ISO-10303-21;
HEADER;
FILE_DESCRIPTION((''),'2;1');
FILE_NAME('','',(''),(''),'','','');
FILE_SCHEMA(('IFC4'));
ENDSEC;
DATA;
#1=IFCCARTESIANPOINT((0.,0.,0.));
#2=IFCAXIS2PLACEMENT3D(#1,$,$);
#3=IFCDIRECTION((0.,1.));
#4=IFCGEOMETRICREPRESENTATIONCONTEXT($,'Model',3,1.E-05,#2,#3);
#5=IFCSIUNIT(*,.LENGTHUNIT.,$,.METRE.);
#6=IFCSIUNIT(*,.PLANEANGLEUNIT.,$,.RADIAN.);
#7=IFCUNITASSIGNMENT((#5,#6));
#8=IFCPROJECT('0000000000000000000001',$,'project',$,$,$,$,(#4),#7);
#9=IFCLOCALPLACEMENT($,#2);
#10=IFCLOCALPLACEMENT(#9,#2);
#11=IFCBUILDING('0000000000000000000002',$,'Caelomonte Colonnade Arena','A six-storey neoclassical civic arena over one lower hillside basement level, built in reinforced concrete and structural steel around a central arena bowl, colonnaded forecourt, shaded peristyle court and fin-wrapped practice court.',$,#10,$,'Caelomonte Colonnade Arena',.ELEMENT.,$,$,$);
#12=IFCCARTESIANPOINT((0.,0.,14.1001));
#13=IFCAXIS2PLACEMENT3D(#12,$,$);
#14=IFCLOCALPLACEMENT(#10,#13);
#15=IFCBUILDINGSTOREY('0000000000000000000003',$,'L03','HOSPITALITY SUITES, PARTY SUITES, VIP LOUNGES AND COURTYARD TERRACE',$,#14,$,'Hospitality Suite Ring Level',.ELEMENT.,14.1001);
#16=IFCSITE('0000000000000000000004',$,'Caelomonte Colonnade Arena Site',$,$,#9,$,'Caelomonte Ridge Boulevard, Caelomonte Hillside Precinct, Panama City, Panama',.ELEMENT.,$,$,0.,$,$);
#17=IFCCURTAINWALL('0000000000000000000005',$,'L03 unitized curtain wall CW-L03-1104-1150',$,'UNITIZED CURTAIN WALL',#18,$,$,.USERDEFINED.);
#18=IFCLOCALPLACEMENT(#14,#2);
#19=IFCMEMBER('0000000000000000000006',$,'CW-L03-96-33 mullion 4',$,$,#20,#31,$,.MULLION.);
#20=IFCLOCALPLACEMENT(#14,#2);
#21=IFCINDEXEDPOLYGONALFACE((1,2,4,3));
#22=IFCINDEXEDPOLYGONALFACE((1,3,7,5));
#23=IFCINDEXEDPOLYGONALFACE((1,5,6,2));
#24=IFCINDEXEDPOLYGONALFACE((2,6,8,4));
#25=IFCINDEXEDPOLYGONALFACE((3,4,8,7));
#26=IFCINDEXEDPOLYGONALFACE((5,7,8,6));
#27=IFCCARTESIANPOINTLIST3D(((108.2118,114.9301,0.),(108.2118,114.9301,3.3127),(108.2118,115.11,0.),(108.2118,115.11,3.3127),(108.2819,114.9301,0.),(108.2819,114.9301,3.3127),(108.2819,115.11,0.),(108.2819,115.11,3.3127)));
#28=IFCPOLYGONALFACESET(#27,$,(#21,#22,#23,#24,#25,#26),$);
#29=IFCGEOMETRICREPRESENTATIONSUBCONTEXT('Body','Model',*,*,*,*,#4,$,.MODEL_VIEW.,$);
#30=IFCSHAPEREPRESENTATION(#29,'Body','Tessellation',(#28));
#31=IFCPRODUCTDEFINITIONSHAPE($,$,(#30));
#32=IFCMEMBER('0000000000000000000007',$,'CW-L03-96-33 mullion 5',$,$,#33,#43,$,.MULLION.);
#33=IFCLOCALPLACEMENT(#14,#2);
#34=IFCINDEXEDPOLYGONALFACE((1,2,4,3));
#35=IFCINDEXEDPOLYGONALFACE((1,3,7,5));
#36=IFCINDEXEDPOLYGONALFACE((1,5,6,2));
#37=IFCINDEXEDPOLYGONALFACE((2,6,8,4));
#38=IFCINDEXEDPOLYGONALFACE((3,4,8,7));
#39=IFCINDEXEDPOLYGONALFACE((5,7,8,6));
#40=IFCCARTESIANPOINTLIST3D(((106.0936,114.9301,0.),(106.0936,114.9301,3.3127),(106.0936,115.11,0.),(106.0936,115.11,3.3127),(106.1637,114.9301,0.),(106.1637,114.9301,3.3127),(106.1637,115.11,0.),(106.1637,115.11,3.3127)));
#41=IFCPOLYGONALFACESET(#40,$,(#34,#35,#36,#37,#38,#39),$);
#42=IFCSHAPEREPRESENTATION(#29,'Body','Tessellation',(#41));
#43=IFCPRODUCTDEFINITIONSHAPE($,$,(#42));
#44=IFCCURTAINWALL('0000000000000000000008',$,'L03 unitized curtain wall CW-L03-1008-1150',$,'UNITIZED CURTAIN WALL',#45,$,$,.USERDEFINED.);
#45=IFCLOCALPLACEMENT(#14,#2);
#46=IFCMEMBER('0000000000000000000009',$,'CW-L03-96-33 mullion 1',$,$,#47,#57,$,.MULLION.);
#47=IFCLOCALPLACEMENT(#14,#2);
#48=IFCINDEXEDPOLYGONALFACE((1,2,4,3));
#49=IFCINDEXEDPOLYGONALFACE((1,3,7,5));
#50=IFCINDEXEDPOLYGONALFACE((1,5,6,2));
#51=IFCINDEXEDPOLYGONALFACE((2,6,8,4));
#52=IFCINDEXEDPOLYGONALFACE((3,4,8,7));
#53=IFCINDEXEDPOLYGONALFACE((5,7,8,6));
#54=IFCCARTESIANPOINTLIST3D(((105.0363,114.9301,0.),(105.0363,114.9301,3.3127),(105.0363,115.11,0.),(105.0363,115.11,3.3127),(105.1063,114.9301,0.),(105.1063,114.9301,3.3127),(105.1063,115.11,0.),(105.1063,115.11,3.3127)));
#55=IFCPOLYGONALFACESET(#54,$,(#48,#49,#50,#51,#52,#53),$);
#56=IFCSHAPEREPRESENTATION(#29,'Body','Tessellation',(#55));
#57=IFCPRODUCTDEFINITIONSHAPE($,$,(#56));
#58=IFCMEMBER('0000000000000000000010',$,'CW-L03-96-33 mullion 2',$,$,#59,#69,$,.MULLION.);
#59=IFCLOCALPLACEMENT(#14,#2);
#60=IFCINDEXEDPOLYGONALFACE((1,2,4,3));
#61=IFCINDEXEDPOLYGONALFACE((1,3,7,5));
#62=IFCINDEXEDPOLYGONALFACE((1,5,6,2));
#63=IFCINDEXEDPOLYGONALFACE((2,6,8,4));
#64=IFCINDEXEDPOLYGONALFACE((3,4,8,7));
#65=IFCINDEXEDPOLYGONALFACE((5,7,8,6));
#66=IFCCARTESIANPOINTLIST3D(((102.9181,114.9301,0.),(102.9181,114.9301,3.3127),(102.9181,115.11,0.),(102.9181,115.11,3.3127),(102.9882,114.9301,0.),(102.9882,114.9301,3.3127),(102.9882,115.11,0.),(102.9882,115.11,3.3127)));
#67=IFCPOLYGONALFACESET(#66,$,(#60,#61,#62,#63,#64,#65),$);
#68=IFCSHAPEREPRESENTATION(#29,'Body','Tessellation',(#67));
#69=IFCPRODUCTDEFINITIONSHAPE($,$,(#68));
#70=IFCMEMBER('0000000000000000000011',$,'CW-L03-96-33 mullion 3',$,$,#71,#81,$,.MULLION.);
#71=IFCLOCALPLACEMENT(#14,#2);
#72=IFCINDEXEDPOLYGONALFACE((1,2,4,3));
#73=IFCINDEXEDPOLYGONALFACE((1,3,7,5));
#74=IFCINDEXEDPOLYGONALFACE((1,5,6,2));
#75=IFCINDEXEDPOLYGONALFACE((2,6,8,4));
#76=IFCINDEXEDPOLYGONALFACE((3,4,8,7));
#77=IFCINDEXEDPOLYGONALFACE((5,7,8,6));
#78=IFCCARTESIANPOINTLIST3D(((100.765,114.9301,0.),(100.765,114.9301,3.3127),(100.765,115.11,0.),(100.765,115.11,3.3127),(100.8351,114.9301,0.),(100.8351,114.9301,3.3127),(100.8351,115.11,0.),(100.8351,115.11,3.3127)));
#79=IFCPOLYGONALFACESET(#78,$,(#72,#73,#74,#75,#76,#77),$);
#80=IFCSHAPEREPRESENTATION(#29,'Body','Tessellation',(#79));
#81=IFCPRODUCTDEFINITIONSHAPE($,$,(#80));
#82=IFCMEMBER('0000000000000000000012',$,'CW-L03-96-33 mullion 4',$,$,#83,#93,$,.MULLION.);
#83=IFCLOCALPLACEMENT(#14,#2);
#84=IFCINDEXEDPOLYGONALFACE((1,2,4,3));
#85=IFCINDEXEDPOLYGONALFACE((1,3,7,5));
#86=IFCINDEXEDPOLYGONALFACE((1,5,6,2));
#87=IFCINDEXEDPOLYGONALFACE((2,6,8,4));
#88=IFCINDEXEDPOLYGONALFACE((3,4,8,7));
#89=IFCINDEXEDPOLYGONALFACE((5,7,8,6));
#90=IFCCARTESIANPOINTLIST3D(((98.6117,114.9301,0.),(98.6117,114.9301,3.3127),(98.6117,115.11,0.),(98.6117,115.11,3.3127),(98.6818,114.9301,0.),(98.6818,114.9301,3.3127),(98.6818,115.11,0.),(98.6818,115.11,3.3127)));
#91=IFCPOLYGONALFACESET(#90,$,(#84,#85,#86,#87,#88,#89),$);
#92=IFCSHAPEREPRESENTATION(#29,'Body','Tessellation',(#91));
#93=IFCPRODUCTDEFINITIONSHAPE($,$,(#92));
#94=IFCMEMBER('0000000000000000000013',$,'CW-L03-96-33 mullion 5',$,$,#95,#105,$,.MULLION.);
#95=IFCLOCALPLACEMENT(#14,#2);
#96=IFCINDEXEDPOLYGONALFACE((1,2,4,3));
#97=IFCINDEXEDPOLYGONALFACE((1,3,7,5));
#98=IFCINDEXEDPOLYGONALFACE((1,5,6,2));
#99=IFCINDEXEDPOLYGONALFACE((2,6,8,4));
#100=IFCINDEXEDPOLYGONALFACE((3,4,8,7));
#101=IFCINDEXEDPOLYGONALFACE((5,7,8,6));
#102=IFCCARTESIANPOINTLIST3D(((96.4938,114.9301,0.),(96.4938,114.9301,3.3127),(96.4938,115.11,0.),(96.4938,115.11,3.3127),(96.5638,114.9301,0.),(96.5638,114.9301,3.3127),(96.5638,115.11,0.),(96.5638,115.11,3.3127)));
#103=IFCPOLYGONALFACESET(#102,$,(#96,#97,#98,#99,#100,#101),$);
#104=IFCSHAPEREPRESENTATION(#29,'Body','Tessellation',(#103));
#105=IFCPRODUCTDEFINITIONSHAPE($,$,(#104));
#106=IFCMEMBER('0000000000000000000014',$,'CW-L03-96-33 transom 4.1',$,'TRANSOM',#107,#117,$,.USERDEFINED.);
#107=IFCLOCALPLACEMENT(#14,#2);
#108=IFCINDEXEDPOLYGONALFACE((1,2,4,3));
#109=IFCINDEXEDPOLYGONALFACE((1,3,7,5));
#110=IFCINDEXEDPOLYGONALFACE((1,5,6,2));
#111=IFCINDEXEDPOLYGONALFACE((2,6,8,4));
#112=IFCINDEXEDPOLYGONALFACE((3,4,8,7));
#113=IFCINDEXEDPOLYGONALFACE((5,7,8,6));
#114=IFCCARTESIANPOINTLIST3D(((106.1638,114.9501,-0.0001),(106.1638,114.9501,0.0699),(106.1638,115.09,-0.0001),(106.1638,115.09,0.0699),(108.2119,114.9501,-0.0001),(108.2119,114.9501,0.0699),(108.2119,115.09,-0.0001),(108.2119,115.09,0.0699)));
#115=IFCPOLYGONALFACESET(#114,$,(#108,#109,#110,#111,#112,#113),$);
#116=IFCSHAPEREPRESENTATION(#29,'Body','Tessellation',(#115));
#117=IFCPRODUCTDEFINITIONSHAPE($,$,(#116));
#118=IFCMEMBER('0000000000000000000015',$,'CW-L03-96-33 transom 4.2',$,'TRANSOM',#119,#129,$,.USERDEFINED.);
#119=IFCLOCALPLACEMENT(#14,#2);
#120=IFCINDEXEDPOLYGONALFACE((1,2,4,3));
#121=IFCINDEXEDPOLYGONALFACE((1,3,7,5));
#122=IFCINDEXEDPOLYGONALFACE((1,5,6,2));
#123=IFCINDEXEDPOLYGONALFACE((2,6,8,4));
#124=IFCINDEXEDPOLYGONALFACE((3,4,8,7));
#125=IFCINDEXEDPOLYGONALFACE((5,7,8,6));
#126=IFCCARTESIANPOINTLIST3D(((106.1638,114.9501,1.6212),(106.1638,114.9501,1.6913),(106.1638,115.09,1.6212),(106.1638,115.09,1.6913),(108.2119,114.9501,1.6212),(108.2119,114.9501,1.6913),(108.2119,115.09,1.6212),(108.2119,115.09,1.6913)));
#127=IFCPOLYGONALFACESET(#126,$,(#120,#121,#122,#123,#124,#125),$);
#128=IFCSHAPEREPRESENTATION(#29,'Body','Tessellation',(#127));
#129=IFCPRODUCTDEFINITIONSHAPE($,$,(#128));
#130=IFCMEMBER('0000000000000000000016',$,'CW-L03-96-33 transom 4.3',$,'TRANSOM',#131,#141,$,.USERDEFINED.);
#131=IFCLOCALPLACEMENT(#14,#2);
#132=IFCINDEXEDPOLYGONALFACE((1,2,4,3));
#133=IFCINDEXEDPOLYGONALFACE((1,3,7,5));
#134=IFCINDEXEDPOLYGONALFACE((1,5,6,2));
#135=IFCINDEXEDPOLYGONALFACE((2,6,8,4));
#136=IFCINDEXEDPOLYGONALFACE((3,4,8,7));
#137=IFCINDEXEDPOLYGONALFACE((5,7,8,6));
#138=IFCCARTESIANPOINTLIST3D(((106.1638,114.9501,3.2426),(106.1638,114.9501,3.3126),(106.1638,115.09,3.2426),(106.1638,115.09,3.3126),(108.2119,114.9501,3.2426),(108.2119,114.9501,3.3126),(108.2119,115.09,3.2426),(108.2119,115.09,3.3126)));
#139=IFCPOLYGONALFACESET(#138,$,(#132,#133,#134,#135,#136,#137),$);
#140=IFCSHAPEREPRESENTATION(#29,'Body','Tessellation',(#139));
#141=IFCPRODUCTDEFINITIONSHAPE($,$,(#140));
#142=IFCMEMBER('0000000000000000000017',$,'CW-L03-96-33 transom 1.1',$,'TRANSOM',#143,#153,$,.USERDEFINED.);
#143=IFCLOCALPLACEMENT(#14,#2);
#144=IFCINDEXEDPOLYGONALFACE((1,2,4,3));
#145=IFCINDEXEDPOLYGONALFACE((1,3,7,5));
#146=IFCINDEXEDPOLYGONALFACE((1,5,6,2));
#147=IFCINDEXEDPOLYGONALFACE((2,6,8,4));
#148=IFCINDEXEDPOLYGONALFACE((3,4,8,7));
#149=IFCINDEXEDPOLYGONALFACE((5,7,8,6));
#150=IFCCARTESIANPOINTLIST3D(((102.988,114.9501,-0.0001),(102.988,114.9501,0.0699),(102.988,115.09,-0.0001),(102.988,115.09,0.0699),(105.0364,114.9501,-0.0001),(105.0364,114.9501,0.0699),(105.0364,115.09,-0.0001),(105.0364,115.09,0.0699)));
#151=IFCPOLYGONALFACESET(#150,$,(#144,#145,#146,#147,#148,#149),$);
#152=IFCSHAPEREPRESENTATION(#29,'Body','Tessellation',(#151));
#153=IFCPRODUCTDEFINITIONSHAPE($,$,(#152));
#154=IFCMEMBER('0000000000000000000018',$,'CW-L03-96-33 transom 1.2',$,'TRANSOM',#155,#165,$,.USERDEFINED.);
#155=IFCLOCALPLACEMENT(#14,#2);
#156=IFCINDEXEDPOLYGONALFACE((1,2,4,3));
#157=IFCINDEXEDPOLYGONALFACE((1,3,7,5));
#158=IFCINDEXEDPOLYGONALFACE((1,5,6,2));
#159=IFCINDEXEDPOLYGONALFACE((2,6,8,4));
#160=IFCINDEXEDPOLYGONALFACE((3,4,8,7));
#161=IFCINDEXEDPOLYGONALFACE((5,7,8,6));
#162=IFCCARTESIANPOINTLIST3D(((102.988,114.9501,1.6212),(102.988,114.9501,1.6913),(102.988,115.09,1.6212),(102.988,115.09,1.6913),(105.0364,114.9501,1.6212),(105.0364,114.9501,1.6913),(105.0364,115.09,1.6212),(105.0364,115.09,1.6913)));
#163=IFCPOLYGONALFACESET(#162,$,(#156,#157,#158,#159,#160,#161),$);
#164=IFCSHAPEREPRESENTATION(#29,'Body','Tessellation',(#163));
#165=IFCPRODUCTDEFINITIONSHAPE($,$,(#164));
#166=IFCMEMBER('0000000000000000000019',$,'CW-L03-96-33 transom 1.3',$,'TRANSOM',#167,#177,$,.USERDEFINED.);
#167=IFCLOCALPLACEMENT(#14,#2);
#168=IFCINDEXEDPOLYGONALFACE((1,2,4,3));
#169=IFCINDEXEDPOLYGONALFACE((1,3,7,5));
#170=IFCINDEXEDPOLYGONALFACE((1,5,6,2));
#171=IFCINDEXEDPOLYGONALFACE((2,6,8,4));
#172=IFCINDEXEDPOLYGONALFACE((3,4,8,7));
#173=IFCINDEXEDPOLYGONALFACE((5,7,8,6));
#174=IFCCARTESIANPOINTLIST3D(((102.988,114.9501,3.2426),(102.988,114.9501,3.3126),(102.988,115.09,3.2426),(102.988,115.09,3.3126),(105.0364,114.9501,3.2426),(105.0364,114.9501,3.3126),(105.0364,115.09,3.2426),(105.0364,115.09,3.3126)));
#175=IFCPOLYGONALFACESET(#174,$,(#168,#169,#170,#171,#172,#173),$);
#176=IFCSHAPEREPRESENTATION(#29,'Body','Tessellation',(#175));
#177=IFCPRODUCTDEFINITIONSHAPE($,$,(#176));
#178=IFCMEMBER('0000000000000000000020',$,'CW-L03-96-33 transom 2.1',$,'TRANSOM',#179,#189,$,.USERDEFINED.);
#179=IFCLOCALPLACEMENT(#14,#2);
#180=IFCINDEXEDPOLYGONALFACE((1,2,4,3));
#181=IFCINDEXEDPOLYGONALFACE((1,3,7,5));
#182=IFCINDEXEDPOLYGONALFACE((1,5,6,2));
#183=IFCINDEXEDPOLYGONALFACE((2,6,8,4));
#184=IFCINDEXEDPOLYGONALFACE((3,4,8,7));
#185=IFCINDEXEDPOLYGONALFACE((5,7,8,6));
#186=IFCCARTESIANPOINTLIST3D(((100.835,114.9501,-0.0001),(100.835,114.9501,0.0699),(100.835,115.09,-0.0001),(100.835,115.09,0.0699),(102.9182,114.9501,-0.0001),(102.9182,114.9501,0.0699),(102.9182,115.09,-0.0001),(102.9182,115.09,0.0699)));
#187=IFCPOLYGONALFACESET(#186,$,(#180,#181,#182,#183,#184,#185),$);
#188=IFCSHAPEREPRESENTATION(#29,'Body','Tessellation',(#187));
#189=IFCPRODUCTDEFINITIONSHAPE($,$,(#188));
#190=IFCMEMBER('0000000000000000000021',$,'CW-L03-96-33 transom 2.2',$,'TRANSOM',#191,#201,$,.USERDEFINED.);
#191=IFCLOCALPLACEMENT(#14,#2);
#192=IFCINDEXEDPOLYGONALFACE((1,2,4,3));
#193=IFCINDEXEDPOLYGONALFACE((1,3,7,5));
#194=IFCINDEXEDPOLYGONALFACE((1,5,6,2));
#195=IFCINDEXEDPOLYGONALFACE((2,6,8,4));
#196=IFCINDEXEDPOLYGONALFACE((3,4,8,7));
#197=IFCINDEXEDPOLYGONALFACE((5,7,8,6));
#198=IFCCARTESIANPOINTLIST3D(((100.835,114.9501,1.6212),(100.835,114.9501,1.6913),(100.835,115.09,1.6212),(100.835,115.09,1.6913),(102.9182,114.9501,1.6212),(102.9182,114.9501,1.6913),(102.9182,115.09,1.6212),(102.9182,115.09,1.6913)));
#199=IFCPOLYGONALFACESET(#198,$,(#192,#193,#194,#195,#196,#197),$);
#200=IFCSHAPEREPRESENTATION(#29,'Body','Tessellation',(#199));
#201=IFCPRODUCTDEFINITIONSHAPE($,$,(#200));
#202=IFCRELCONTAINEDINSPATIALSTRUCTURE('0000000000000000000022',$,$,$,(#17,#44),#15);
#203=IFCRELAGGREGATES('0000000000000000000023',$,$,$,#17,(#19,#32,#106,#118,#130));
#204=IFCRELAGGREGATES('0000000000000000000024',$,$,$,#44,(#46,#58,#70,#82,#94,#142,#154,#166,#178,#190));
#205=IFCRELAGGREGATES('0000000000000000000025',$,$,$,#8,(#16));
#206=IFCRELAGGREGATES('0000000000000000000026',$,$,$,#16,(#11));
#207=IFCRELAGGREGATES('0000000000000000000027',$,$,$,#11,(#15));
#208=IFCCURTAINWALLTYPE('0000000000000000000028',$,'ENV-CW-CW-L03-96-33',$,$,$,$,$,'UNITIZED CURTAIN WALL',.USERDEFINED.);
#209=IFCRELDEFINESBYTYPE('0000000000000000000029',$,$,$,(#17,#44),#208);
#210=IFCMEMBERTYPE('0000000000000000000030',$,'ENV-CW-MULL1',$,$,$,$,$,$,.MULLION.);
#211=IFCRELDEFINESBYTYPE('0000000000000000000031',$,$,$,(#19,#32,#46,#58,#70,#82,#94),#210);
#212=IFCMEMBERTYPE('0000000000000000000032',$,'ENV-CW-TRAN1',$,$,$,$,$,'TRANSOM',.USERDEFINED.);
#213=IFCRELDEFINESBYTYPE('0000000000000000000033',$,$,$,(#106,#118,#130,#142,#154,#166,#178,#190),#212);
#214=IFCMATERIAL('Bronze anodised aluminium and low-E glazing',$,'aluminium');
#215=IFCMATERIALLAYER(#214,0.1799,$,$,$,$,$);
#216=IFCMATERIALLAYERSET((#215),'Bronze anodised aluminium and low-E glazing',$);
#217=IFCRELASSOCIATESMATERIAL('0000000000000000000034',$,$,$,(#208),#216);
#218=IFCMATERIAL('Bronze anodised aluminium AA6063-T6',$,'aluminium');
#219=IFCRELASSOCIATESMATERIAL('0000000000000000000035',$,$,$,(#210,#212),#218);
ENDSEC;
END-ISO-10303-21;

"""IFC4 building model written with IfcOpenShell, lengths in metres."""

from ifc_helpers import new_model, si_unit, direction, frame, origin, origin_2d, place, context, subcontext, project, spatial, rectangle, extrude, material, layer, layer_set, material_profile, profile_set, type_object, element, aggregate, save


model = new_model("IFC4")

# Units and contexts
model_context = context("Model", 3, precision=1e-05, world=origin(), true_north=direction((0.0, 1.0)))
body_context = subcontext(model_context, "Body", "Model", "MODEL_VIEW")
ifc_project = project(units=[si_unit("LENGTHUNIT", "METRE"), si_unit("PLANEANGLEUNIT", "RADIAN")], contexts=[model_context])

# Site, building, storey
site_placement = place(None, origin())
site = spatial("IfcSite", under=ifc_project, at=site_placement, Name="Caelomonte Colonnade Arena Site", LongName="Caelomonte Ridge Boulevard, Caelomonte Hillside Precinct, Panama City, Panama", CompositionType="ELEMENT", RefElevation=0.0)
building_placement = place(site_placement, origin())
building = spatial("IfcBuilding", under=site, at=building_placement, Name="Caelomonte Colonnade Arena", Description="A six-storey neoclassical civic arena over one lower hillside basement level, built in reinforced concrete and structural steel around a central arena bowl, colonnaded forecourt, shaded peristyle court and fin-wrapped practice court.", LongName="Caelomonte Colonnade Arena", CompositionType="ELEMENT")
storey_placement = place(building_placement, frame((0.0, 0.0, 14.1001)))
storey = spatial("IfcBuildingStorey", under=building, at=storey_placement, Name="L03", Description="HOSPITALITY SUITES, PARTY SUITES, VIP LOUNGES AND COURTYARD TERRACE", LongName="Hospitality Suite Ring Level", CompositionType="ELEMENT", Elevation=14.1001)

# Curtain walls, members
ifc_material_1 = material(Name="Bronze anodised aluminium and low-E glazing", Category="aluminium")
ifc_layer_1 = layer(ifc_material_1, 0.1799)
ifc_layer_set_1 = layer_set([ifc_layer_1], Name="Bronze anodised aluminium and low-E glazing")
curtain_wall_type = type_object("IfcCurtainWallType", Name="ENV-CW-CW-L03-96-33", ElementType="UNITIZED CURTAIN WALL", PredefinedType="USERDEFINED", material=ifc_layer_set_1)
curtain_wall_1_placement = place(storey_placement, origin())
curtain_wall_1 = element("IfcCurtainWall", 1, at=curtain_wall_1_placement, inside=storey, type_object=curtain_wall_type, Name="L03 unitized curtain wall CW-L03-1104-1150", ObjectType="UNITIZED CURTAIN WALL", PredefinedType="USERDEFINED")
ifc_material_2 = material(Name="Bronze anodised aluminium AA6063-T6", Category="aluminium")
ifc_material_profile_1 = material_profile(ifc_material_2, rectangle(XDim=0.0701, YDim=0.1799, at=origin_2d()), Name="CWM-70X180")
ifc_profile_set_1 = profile_set([ifc_material_profile_1], Name="Bronze anodised aluminium AA6063-T6")
member_type_1 = type_object("IfcMemberType", Name="ENV-CW-MULL1", PredefinedType="MULLION", material=ifc_profile_set_1)
member_1_placement = place(storey_placement, frame((108.2468, 115.02, 0.0), z_axis=(0.0, 0.0, 1.0), x_axis=(-1.0, 0.0, 0.0)))
member_1 = element("IfcMember", 2, at=member_1_placement, type_object=member_type_1, Name="CW-L03-96-33 mullion 4", PredefinedType="MULLION", context=body_context, shape_type="SweptSolid", body=[
    extrude(rectangle(XDim=0.0701, YDim=0.1799, at=origin_2d()), origin(), (0.0, 0.0, 1.0), 3.3127),
])
member_2_placement = place(storey_placement, frame((106.1287, 115.02, 0.0), z_axis=(0.0, 0.0, 1.0), x_axis=(-1.0, 0.0, 0.0)))
member_2 = element("IfcMember", 3, at=member_2_placement, type_object=member_type_1, Name="CW-L03-96-33 mullion 5", PredefinedType="MULLION", context=body_context, shape_type="SweptSolid", body=[
    extrude(rectangle(XDim=0.0701, YDim=0.1799, at=origin_2d()), origin(), (0.0, 0.0, 1.0), 3.3127),
])
curtain_wall_2_placement = place(storey_placement, origin())
curtain_wall_2 = element("IfcCurtainWall", 4, at=curtain_wall_2_placement, inside=storey, type_object=curtain_wall_type, Name="L03 unitized curtain wall CW-L03-1008-1150", ObjectType="UNITIZED CURTAIN WALL", PredefinedType="USERDEFINED")
member_3_placement = place(storey_placement, frame((105.0713, 115.02, 0.0), z_axis=(0.0, 0.0, 1.0), x_axis=(-1.0, 0.0, 0.0)))
member_3 = element("IfcMember", 5, at=member_3_placement, type_object=member_type_1, Name="CW-L03-96-33 mullion 1", PredefinedType="MULLION", context=body_context, shape_type="SweptSolid", body=[
    extrude(rectangle(XDim=0.0701, YDim=0.1799, at=origin_2d()), origin(), (0.0, 0.0, 1.0), 3.3127),
])
member_4_placement = place(storey_placement, frame((102.9531, 115.02, 0.0), z_axis=(0.0, 0.0, 1.0), x_axis=(-1.0, 0.0, 0.0)))
member_4 = element("IfcMember", 6, at=member_4_placement, type_object=member_type_1, Name="CW-L03-96-33 mullion 2", PredefinedType="MULLION", context=body_context, shape_type="SweptSolid", body=[
    extrude(rectangle(XDim=0.0701, YDim=0.1799, at=origin_2d()), origin(), (0.0, 0.0, 1.0), 3.3127),
])
member_5_placement = place(storey_placement, frame((100.8, 115.02, 0.0), z_axis=(0.0, 0.0, 1.0), x_axis=(-1.0, 0.0, 0.0)))
member_5 = element("IfcMember", 7, at=member_5_placement, type_object=member_type_1, Name="CW-L03-96-33 mullion 3", PredefinedType="MULLION", context=body_context, shape_type="SweptSolid", body=[
    extrude(rectangle(XDim=0.0701, YDim=0.1799, at=origin_2d()), origin(), (0.0, 0.0, 1.0), 3.3127),
])
member_6_placement = place(storey_placement, frame((98.6467, 115.02, 0.0), z_axis=(0.0, 0.0, 1.0), x_axis=(-1.0, 0.0, 0.0)))
member_6 = element("IfcMember", 8, at=member_6_placement, type_object=member_type_1, Name="CW-L03-96-33 mullion 4", PredefinedType="MULLION", context=body_context, shape_type="SweptSolid", body=[
    extrude(rectangle(XDim=0.0701, YDim=0.1799, at=origin_2d()), origin(), (0.0, 0.0, 1.0), 3.3127),
])
member_7_placement = place(storey_placement, frame((96.5288, 115.02, 0.0), z_axis=(0.0, 0.0, 1.0), x_axis=(-1.0, 0.0, 0.0)))
member_7 = element("IfcMember", 9, at=member_7_placement, type_object=member_type_1, Name="CW-L03-96-33 mullion 5", PredefinedType="MULLION", context=body_context, shape_type="SweptSolid", body=[
    extrude(rectangle(XDim=0.0701, YDim=0.1799, at=origin_2d()), origin(), (0.0, 0.0, 1.0), 3.3127),
])

# Members
ifc_material_profile_2 = material_profile(ifc_material_2, rectangle(XDim=0.0701, YDim=0.1399, at=origin_2d()), Name="CWT-70X140")
ifc_profile_set_2 = profile_set([ifc_material_profile_2], Name="Bronze anodised aluminium AA6063-T6")
member_type_2 = type_object("IfcMemberType", Name="ENV-CW-TRAN1", ElementType="TRANSOM", PredefinedType="USERDEFINED", material=ifc_profile_set_2)
member_8_placement = place(storey_placement, frame((108.2119, 115.02, 0.0349), z_axis=(-1.0, 0.0, 0.0), x_axis=(0.0, 0.0, 1.0)))
member_8 = element("IfcMember", 10, at=member_8_placement, type_object=member_type_2, Name="CW-L03-96-33 transom 4.1", ObjectType="TRANSOM", PredefinedType="USERDEFINED", context=body_context, shape_type="SweptSolid", body=[
    extrude(rectangle(XDim=0.0701, YDim=0.1399, at=origin_2d()), origin(), (0.0, 0.0, 1.0), 2.0481),
])
member_9_placement = place(storey_placement, frame((108.2119, 115.02, 1.6562), z_axis=(-1.0, 0.0, 0.0), x_axis=(0.0, 0.0, 1.0)))
member_9 = element("IfcMember", 11, at=member_9_placement, type_object=member_type_2, Name="CW-L03-96-33 transom 4.2", ObjectType="TRANSOM", PredefinedType="USERDEFINED", context=body_context, shape_type="SweptSolid", body=[
    extrude(rectangle(XDim=0.0701, YDim=0.1399, at=origin_2d()), origin(), (0.0, 0.0, 1.0), 2.0481),
])
member_10_placement = place(storey_placement, frame((108.2119, 115.02, 3.2776), z_axis=(-1.0, 0.0, 0.0), x_axis=(0.0, 0.0, 1.0)))
member_10 = element("IfcMember", 12, at=member_10_placement, type_object=member_type_2, Name="CW-L03-96-33 transom 4.3", ObjectType="TRANSOM", PredefinedType="USERDEFINED", context=body_context, shape_type="SweptSolid", body=[
    extrude(rectangle(XDim=0.0701, YDim=0.1399, at=origin_2d()), origin(), (0.0, 0.0, 1.0), 2.0481),
])
member_11_placement = place(storey_placement, frame((105.0364, 115.02, 0.0349), z_axis=(-1.0, 0.0, 0.0), x_axis=(0.0, 0.0, 1.0)))
member_11 = element("IfcMember", 13, at=member_11_placement, type_object=member_type_2, Name="CW-L03-96-33 transom 1.1", ObjectType="TRANSOM", PredefinedType="USERDEFINED", context=body_context, shape_type="SweptSolid", body=[
    extrude(rectangle(XDim=0.0701, YDim=0.1399, at=origin_2d()), origin(), (0.0, 0.0, 1.0), 2.0483),
])
member_12_placement = place(storey_placement, frame((105.0364, 115.02, 1.6562), z_axis=(-1.0, 0.0, 0.0), x_axis=(0.0, 0.0, 1.0)))
member_12 = element("IfcMember", 14, at=member_12_placement, type_object=member_type_2, Name="CW-L03-96-33 transom 1.2", ObjectType="TRANSOM", PredefinedType="USERDEFINED", context=body_context, shape_type="SweptSolid", body=[
    extrude(rectangle(XDim=0.0701, YDim=0.1399, at=origin_2d()), origin(), (0.0, 0.0, 1.0), 2.0483),
])
member_13_placement = place(storey_placement, frame((105.0364, 115.02, 3.2776), z_axis=(-1.0, 0.0, 0.0), x_axis=(0.0, 0.0, 1.0)))
member_13 = element("IfcMember", 15, at=member_13_placement, type_object=member_type_2, Name="CW-L03-96-33 transom 1.3", ObjectType="TRANSOM", PredefinedType="USERDEFINED", context=body_context, shape_type="SweptSolid", body=[
    extrude(rectangle(XDim=0.0701, YDim=0.1399, at=origin_2d()), origin(), (0.0, 0.0, 1.0), 2.0483),
])
member_14_placement = place(storey_placement, frame((102.9182, 115.02, 0.0349), z_axis=(-1.0, 0.0, 0.0), x_axis=(0.0, 0.0, 1.0)))
member_14 = element("IfcMember", 16, at=member_14_placement, type_object=member_type_2, Name="CW-L03-96-33 transom 2.1", ObjectType="TRANSOM", PredefinedType="USERDEFINED", context=body_context, shape_type="SweptSolid", body=[
    extrude(rectangle(XDim=0.0701, YDim=0.1399, at=origin_2d()), origin(), (0.0, 0.0, 1.0), 2.0833),
])
member_15_placement = place(storey_placement, frame((102.9182, 115.02, 1.6562), z_axis=(-1.0, 0.0, 0.0), x_axis=(0.0, 0.0, 1.0)))
member_15 = element("IfcMember", 17, at=member_15_placement, type_object=member_type_2, Name="CW-L03-96-33 transom 2.2", ObjectType="TRANSOM", PredefinedType="USERDEFINED", context=body_context, shape_type="SweptSolid", body=[
    extrude(rectangle(XDim=0.0701, YDim=0.1399, at=origin_2d()), origin(), (0.0, 0.0, 1.0), 2.0833),
])

aggregate(curtain_wall_1, [member_1, member_2, member_8, member_9, member_10])
aggregate(curtain_wall_2, [member_3, member_4, member_5, member_6, member_7, member_11, member_12, member_13, member_14, member_15])

save(model, "model.ifc")
